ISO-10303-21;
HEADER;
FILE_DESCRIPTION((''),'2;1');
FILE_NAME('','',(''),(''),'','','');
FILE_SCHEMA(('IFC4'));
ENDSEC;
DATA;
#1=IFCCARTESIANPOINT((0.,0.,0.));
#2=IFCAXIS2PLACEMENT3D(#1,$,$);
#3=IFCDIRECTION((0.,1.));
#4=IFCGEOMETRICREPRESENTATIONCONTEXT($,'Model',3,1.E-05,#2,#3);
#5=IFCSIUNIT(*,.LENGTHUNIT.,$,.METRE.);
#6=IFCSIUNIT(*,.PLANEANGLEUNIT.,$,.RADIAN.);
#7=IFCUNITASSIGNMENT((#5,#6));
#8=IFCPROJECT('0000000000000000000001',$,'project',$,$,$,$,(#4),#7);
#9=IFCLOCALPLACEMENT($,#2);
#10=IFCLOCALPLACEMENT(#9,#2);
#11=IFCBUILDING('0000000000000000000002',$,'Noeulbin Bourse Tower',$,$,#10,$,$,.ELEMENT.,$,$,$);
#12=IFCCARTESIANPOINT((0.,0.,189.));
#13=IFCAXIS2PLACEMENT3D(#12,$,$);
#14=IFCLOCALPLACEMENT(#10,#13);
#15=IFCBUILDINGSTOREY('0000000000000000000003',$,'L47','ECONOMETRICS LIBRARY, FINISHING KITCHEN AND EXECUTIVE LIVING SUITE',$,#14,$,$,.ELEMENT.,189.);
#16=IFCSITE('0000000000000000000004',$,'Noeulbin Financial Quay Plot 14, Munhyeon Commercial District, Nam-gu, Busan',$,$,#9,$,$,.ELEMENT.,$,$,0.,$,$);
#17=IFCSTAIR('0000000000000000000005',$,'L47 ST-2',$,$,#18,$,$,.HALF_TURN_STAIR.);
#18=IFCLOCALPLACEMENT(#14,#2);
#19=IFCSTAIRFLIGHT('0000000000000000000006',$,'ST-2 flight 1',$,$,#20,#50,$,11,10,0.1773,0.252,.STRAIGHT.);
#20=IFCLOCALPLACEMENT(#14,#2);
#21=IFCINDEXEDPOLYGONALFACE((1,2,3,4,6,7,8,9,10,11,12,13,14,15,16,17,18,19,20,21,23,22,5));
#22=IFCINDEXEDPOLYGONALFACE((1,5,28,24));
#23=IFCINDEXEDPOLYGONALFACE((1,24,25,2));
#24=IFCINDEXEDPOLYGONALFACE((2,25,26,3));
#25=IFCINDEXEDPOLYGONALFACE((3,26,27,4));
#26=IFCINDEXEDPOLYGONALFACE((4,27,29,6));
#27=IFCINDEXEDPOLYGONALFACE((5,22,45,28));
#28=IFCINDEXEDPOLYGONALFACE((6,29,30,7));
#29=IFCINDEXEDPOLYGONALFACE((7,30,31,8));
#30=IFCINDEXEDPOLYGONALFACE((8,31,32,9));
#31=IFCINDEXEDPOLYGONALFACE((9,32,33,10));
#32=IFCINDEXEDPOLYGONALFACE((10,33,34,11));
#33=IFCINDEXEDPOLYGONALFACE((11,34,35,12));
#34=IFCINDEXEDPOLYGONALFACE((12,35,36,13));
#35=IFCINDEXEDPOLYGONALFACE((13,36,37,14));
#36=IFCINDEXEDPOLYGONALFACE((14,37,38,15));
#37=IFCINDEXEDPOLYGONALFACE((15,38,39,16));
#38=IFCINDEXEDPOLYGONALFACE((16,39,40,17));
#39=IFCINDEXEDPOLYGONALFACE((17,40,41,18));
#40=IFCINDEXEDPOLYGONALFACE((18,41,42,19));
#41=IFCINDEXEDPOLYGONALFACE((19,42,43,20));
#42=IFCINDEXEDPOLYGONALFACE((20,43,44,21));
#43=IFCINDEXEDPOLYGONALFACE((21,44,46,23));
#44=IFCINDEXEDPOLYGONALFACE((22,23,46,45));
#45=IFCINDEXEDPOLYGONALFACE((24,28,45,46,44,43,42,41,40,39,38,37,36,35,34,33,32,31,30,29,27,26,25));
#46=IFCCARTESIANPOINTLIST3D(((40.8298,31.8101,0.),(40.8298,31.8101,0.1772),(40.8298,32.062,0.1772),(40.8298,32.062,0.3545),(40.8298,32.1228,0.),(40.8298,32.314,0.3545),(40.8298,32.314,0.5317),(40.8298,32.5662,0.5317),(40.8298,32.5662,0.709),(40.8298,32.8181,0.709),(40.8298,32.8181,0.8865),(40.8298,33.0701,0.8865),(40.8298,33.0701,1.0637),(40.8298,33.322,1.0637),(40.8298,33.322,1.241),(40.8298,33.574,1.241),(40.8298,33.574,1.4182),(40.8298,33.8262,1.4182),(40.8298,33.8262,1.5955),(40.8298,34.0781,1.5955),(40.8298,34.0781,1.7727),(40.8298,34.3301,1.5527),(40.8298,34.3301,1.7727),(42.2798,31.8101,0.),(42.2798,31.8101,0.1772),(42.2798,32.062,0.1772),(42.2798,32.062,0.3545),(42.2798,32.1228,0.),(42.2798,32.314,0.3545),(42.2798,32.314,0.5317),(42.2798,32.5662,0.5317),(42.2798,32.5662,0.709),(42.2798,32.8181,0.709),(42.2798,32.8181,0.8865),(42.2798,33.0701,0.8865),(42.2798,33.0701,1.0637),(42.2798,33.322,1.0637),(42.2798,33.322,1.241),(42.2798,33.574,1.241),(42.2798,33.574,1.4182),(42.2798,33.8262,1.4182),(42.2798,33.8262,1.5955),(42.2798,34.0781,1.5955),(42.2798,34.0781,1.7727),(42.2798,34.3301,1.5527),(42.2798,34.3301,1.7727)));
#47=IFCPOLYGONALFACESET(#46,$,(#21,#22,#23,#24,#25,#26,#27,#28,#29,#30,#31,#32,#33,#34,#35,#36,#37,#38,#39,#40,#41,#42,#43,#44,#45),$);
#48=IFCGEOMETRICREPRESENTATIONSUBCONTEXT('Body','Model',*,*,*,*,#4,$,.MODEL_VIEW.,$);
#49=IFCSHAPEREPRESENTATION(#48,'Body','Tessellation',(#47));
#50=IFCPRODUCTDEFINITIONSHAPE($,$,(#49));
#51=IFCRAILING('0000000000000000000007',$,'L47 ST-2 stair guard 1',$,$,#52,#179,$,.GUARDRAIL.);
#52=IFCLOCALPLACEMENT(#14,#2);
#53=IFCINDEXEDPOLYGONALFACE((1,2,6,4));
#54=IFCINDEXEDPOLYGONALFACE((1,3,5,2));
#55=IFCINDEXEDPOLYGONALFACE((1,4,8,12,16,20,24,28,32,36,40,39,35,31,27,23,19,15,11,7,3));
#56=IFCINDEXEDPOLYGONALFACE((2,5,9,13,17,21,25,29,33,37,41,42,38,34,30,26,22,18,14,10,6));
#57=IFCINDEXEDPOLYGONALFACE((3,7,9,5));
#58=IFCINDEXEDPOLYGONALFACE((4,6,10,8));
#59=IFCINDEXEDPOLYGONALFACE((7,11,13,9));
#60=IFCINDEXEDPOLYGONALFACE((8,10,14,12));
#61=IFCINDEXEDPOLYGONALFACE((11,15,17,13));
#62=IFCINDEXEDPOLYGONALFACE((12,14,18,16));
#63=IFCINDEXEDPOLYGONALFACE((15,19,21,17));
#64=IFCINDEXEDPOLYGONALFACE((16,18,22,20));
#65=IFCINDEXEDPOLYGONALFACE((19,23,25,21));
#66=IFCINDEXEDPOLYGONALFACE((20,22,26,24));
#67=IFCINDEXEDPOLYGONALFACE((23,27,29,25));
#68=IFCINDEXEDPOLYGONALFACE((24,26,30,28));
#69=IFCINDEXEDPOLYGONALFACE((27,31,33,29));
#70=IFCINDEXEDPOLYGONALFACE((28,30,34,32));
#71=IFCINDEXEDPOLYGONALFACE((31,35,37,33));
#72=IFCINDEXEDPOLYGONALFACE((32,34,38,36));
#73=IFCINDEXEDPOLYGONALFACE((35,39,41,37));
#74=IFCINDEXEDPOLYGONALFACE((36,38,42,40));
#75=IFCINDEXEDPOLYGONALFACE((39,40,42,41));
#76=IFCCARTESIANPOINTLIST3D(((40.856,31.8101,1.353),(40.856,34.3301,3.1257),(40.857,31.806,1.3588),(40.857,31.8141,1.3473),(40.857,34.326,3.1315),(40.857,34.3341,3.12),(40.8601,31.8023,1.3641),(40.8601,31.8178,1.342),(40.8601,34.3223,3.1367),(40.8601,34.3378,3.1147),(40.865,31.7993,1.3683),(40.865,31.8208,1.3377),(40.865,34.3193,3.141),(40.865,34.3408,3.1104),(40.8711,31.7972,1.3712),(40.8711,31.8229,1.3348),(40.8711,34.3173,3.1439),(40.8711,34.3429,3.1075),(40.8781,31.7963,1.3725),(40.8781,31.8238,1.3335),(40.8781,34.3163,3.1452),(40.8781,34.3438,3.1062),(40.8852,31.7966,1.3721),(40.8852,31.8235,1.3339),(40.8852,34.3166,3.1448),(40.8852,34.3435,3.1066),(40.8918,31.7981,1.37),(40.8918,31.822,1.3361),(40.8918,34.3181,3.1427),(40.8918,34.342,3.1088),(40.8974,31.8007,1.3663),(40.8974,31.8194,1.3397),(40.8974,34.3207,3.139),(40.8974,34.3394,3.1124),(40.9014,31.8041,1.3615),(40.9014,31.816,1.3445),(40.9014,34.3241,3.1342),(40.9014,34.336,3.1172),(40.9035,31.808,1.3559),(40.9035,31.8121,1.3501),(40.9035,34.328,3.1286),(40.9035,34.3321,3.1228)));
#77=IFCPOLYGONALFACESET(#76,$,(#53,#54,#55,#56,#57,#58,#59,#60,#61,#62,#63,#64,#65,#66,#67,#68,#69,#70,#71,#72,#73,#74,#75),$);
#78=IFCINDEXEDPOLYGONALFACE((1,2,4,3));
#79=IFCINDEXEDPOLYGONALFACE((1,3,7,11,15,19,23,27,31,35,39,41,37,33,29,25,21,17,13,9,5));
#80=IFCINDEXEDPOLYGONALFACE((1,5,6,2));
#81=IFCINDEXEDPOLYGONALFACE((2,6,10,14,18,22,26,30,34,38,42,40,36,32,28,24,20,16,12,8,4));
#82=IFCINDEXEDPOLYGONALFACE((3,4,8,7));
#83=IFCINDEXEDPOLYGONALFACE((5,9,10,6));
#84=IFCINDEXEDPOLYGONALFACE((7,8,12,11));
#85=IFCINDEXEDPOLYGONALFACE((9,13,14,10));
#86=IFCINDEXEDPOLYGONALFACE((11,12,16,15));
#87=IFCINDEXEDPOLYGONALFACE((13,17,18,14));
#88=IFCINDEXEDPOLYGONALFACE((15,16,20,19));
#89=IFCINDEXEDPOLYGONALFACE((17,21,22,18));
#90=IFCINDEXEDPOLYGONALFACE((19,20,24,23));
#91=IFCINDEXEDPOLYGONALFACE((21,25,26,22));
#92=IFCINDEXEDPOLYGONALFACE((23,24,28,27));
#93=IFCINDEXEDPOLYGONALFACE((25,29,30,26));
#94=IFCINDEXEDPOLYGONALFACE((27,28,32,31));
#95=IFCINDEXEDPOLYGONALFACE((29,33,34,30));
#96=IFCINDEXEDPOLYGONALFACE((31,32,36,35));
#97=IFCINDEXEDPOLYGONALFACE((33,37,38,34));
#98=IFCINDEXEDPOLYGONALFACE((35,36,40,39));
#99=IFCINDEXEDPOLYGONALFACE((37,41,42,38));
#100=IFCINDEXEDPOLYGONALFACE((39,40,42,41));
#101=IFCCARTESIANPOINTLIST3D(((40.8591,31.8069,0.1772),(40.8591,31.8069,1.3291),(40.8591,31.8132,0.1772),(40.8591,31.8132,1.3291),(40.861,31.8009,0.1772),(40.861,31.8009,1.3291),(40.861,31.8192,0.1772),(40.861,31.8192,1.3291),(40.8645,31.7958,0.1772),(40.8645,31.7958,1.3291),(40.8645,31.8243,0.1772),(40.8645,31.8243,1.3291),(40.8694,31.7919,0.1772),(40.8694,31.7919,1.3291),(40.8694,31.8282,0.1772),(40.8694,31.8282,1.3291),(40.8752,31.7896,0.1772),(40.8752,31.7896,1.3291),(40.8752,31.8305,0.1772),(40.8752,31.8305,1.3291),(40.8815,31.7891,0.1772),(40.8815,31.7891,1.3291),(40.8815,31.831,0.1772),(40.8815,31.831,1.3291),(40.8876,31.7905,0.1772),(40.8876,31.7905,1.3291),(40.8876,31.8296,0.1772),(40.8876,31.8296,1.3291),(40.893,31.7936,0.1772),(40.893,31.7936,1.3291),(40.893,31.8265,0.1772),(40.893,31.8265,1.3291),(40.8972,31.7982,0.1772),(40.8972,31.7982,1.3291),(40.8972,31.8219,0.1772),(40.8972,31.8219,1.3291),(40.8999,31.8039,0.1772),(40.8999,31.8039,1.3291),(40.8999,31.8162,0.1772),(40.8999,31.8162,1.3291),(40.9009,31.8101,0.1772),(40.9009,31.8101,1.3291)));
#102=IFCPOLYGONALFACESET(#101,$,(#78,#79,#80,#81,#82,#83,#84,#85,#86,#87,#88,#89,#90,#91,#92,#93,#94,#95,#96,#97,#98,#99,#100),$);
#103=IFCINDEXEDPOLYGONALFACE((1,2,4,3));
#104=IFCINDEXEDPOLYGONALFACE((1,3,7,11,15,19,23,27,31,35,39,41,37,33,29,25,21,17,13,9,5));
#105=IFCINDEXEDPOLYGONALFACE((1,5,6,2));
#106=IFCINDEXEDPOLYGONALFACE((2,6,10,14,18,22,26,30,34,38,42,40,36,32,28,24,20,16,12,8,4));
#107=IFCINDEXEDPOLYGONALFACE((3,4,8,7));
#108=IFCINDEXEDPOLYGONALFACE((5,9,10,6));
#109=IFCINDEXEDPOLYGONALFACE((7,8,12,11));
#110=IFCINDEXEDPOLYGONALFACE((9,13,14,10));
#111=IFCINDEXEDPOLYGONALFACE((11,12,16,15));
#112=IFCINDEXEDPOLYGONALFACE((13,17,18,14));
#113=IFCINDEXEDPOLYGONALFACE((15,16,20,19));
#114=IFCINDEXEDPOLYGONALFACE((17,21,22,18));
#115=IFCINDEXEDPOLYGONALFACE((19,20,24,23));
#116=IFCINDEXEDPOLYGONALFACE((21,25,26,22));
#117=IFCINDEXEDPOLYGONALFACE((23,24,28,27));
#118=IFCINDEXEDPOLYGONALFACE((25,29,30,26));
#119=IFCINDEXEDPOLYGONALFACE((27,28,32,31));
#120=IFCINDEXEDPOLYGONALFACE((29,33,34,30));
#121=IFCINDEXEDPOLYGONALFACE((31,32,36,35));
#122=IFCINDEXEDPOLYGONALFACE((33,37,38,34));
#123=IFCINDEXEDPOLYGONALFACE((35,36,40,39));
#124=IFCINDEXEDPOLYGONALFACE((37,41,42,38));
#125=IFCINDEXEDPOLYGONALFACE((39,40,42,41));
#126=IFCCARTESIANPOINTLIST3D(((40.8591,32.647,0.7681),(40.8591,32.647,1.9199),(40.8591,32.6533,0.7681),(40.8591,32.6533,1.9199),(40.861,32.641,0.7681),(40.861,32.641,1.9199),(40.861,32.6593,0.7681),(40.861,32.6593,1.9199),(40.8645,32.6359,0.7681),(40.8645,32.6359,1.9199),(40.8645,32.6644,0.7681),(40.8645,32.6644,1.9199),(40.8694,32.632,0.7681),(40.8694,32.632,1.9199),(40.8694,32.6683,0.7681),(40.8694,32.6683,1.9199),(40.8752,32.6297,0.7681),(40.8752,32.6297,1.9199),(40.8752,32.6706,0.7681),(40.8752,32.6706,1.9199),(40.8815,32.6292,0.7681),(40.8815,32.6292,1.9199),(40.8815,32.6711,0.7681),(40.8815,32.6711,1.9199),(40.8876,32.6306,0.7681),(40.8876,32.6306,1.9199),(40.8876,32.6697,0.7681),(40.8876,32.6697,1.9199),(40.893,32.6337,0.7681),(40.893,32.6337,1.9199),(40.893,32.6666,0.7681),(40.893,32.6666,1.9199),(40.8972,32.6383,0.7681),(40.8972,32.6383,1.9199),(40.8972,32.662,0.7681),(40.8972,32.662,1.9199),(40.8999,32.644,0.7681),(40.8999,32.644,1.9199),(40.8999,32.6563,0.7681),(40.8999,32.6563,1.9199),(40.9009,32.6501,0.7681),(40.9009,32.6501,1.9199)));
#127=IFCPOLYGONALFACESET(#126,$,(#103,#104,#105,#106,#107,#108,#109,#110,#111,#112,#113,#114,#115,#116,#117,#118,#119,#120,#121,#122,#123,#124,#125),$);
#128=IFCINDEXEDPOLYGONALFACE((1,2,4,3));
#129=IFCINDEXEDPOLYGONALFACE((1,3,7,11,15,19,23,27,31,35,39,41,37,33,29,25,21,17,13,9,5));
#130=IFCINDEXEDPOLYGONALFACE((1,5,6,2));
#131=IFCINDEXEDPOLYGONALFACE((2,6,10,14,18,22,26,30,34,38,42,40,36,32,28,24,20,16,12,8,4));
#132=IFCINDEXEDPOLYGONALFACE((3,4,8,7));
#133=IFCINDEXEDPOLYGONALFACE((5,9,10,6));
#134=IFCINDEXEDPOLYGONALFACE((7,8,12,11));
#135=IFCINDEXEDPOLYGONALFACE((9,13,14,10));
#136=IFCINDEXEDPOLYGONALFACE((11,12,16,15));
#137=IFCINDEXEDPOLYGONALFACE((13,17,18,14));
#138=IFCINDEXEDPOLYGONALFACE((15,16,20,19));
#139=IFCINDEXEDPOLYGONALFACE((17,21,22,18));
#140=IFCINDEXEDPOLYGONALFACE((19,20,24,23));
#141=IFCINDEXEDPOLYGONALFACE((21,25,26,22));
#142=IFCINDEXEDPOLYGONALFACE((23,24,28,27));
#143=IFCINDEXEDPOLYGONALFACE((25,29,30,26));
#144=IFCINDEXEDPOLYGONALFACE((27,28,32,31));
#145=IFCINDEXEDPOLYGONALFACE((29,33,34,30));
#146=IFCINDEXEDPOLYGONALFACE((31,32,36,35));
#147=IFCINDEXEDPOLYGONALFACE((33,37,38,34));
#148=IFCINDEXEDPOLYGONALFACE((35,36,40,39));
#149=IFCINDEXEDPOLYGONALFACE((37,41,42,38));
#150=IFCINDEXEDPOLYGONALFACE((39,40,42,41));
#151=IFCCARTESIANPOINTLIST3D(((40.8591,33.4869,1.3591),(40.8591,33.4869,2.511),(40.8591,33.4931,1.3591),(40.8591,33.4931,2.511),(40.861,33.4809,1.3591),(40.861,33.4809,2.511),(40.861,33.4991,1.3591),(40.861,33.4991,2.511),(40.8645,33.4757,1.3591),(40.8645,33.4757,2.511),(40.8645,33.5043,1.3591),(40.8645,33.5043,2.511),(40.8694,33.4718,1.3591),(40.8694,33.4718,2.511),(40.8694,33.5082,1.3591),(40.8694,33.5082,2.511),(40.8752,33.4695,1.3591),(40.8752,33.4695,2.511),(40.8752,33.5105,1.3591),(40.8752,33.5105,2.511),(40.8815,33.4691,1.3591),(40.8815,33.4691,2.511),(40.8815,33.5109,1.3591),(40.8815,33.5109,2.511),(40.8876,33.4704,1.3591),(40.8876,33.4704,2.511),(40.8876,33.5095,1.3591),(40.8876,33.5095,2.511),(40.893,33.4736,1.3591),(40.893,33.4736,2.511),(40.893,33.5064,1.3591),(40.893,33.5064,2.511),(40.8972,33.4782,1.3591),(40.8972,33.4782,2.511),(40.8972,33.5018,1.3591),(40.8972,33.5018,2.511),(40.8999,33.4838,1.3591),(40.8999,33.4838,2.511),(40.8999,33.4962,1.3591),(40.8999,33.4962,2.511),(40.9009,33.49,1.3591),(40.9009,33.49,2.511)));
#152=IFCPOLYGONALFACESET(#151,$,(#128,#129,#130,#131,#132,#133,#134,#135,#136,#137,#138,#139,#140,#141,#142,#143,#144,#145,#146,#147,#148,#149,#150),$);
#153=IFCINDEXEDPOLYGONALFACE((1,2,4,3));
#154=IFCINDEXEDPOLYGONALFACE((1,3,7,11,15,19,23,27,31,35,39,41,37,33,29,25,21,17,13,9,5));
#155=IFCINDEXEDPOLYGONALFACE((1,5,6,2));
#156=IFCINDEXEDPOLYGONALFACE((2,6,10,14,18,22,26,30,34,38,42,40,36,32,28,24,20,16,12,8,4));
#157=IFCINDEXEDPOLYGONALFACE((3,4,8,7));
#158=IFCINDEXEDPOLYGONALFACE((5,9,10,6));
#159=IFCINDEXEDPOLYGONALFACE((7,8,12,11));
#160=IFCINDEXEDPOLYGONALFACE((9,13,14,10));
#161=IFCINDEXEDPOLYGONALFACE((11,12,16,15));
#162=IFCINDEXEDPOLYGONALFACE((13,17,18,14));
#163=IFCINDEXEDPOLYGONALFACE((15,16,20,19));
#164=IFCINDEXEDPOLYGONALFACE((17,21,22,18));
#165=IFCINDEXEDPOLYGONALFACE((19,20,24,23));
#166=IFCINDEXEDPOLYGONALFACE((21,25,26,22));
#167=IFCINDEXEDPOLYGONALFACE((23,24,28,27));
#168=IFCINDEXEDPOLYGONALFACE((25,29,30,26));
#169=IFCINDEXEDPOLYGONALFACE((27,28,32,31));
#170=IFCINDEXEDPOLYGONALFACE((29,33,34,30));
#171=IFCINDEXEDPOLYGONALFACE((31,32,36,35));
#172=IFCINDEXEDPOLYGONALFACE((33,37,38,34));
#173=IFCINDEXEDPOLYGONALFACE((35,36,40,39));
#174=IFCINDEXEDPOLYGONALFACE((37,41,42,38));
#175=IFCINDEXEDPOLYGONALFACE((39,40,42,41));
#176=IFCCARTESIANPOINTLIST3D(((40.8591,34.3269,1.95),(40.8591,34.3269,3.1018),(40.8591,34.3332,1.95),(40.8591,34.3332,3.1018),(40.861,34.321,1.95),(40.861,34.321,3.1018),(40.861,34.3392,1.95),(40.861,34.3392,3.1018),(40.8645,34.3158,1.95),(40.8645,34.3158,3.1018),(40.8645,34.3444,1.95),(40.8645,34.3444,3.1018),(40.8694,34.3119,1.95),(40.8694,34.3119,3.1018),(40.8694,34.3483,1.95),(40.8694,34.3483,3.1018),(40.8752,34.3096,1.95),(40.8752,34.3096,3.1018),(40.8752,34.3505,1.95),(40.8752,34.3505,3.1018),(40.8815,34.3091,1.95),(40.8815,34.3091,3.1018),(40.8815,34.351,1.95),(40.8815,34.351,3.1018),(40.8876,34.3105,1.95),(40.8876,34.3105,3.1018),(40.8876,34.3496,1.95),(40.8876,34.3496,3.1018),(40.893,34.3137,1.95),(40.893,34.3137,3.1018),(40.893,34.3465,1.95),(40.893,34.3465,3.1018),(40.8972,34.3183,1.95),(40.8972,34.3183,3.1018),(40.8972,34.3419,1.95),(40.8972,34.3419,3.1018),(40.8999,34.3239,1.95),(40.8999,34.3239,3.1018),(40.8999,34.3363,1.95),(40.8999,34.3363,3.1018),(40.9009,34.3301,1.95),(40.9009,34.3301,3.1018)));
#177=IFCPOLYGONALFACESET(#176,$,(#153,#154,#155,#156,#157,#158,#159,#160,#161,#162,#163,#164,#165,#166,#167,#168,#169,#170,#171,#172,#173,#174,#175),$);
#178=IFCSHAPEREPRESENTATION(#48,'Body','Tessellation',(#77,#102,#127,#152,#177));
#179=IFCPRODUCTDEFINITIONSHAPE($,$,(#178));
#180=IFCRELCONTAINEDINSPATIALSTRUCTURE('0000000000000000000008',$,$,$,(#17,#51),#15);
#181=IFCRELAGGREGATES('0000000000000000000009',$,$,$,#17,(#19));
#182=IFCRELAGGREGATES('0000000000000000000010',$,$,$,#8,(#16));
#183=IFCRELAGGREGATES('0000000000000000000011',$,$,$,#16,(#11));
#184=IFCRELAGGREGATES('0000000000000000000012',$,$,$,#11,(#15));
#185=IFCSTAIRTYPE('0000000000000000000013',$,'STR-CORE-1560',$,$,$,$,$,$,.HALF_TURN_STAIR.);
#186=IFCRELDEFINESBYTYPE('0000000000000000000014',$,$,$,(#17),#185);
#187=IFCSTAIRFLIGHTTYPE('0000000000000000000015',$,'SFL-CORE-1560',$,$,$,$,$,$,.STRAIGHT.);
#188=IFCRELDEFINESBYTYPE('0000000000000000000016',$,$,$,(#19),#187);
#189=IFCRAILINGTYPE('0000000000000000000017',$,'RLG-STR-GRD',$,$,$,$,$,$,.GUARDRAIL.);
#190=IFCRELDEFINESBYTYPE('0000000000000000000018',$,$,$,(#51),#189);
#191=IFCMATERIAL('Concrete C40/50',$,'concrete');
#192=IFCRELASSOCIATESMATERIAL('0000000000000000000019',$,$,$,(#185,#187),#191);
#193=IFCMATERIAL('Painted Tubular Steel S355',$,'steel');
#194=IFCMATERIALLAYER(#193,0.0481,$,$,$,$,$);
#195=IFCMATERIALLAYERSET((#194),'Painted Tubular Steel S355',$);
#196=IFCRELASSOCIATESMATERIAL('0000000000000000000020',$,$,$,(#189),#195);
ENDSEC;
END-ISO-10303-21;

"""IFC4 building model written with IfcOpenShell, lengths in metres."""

from ifc_helpers import new_model, si_unit, direction, frame, origin, origin_2d, place, context, subcontext, project, spatial, polyline, circle, outline, extrude, material, layer, layer_set, type_object, element, aggregate, save


model = new_model("IFC4")

# Units and contexts
model_context = context("Model", 3, precision=1e-05, world=origin(), true_north=direction((0.0, 1.0)))
body_context = subcontext(model_context, "Body", "Model", "MODEL_VIEW")
ifc_project = project(units=[si_unit("LENGTHUNIT", "METRE"), si_unit("PLANEANGLEUNIT", "RADIAN")], contexts=[model_context])

# Site, building, storey
site_placement = place(None, origin())
site = spatial("IfcSite", under=ifc_project, at=site_placement, Name="Noeulbin Financial Quay Plot 14, Munhyeon Commercial District, Nam-gu, Busan", CompositionType="ELEMENT", RefElevation=0.0)
building_placement = place(site_placement, origin())
building = spatial("IfcBuilding", under=site, at=building_placement, Name="Noeulbin Bourse Tower", CompositionType="ELEMENT")
storey_placement = place(building_placement, frame((0.0, 0.0, 189.0)))
storey = spatial("IfcBuildingStorey", under=building, at=storey_placement, Name="L47", Description="ECONOMETRICS LIBRARY, FINISHING KITCHEN AND EXECUTIVE LIVING SUITE", CompositionType="ELEMENT", Elevation=189.0)

# Shared definitions
ifc_material_1 = material(Name="Concrete C40/50", Category="concrete")

# Stair, stair flight
stair_type = type_object("IfcStairType", Name="STR-CORE-1560", PredefinedType="HALF_TURN_STAIR", material=ifc_material_1)
stair_placement = place(storey_placement, origin())
stair = element("IfcStair", 1, at=stair_placement, inside=storey, type_object=stair_type, Name="L47 ST-2", PredefinedType="HALF_TURN_STAIR")
stair_flight_type = type_object("IfcStairFlightType", Name="SFL-CORE-1560", PredefinedType="STRAIGHT", material=ifc_material_1)
stair_flight_placement = place(storey_placement, frame((41.5549, 31.8101, 0.0), z_axis=(0.0, 0.0, 1.0), x_axis=(0.0, 1.0, 0.0)))
stair_flight = element("IfcStairFlight", 2, at=stair_flight_placement, type_object=stair_flight_type, Name="ST-2 flight 1", NumberOfRisers=11, NumberOfTreads=10, PredefinedType="STRAIGHT", RiserHeight=0.1773, TreadLength=0.252, context=body_context, shape_type="SweptSolid", body=[
    extrude(outline(polyline([(0.0, 0.0), (0.0, 0.1772), (0.252, 0.1772), (0.252, 0.3545), (0.5039, 0.3545), (0.5039, 0.5317), (0.7561, 0.5317), (0.7561, 0.709), (1.0081, 0.709), (1.0081, 0.8865), (1.26, 0.8865), (1.26, 1.0637), (1.512, 1.0637), (1.512, 1.241), (1.7639, 1.241), (1.7639, 1.4182), (2.0161, 1.4182), (2.0161, 1.5955), (2.2681, 1.5955), (2.2681, 1.7727), (2.52, 1.7727), (2.52, 1.95), (2.52, 1.5527), (0.3127, 0.0), (0.0, 0.0)])), frame((0.0, 0.7251, 0.0), z_axis=(0.0, -1.0, 0.0), x_axis=(1.0, 0.0, 0.0)), (0.0, 0.0, 1.0), 1.45),
])
aggregate(stair, [stair_flight])

# Railing
ifc_material_2 = material(Name="Painted Tubular Steel S355", Category="steel")
ifc_layer_1 = layer(ifc_material_2, 0.0481)
ifc_layer_set_1 = layer_set([ifc_layer_1], Name="Painted Tubular Steel S355")
railing_type_1 = type_object("IfcRailingType", Name="RLG-STR-GRD", PredefinedType="GUARDRAIL", material=ifc_layer_set_1)
railing_1_placement = place(storey_placement, frame((40.8799, 31.8101, 0.1772)))
element("IfcRailing", 3, at=railing_1_placement, inside=storey, type_object=railing_type_1, Name="L47 ST-2 stair guard 1", PredefinedType="GUARDRAIL", context=body_context, shape_type="SweptSolid", body=[
    extrude(circle(Radius=0.0239, at=origin_2d()), frame((0.0, 0.0, 1.1758), z_axis=(0.0, 0.817904, 0.575354), x_axis=(-1.0, 0.0, 0.0)), (0.0, 0.0, 1.0), 3.0811),
    extrude(circle(Radius=0.021, at=origin_2d()), origin(), (0.0, 0.0, 1.0), 1.1519),
    extrude(circle(Radius=0.021, at=origin_2d()), frame((0.0, 0.8401, 0.5908)), (0.0, 0.0, 1.0), 1.1519),
    extrude(circle(Radius=0.021, at=origin_2d()), frame((0.0, 1.6799, 1.1819)), (0.0, 0.0, 1.0), 1.1519),
    extrude(circle(Radius=0.021, at=origin_2d()), frame((0.0, 2.52, 1.7727)), (0.0, 0.0, 1.0), 1.1519),
])

save(model, "model.ifc")
